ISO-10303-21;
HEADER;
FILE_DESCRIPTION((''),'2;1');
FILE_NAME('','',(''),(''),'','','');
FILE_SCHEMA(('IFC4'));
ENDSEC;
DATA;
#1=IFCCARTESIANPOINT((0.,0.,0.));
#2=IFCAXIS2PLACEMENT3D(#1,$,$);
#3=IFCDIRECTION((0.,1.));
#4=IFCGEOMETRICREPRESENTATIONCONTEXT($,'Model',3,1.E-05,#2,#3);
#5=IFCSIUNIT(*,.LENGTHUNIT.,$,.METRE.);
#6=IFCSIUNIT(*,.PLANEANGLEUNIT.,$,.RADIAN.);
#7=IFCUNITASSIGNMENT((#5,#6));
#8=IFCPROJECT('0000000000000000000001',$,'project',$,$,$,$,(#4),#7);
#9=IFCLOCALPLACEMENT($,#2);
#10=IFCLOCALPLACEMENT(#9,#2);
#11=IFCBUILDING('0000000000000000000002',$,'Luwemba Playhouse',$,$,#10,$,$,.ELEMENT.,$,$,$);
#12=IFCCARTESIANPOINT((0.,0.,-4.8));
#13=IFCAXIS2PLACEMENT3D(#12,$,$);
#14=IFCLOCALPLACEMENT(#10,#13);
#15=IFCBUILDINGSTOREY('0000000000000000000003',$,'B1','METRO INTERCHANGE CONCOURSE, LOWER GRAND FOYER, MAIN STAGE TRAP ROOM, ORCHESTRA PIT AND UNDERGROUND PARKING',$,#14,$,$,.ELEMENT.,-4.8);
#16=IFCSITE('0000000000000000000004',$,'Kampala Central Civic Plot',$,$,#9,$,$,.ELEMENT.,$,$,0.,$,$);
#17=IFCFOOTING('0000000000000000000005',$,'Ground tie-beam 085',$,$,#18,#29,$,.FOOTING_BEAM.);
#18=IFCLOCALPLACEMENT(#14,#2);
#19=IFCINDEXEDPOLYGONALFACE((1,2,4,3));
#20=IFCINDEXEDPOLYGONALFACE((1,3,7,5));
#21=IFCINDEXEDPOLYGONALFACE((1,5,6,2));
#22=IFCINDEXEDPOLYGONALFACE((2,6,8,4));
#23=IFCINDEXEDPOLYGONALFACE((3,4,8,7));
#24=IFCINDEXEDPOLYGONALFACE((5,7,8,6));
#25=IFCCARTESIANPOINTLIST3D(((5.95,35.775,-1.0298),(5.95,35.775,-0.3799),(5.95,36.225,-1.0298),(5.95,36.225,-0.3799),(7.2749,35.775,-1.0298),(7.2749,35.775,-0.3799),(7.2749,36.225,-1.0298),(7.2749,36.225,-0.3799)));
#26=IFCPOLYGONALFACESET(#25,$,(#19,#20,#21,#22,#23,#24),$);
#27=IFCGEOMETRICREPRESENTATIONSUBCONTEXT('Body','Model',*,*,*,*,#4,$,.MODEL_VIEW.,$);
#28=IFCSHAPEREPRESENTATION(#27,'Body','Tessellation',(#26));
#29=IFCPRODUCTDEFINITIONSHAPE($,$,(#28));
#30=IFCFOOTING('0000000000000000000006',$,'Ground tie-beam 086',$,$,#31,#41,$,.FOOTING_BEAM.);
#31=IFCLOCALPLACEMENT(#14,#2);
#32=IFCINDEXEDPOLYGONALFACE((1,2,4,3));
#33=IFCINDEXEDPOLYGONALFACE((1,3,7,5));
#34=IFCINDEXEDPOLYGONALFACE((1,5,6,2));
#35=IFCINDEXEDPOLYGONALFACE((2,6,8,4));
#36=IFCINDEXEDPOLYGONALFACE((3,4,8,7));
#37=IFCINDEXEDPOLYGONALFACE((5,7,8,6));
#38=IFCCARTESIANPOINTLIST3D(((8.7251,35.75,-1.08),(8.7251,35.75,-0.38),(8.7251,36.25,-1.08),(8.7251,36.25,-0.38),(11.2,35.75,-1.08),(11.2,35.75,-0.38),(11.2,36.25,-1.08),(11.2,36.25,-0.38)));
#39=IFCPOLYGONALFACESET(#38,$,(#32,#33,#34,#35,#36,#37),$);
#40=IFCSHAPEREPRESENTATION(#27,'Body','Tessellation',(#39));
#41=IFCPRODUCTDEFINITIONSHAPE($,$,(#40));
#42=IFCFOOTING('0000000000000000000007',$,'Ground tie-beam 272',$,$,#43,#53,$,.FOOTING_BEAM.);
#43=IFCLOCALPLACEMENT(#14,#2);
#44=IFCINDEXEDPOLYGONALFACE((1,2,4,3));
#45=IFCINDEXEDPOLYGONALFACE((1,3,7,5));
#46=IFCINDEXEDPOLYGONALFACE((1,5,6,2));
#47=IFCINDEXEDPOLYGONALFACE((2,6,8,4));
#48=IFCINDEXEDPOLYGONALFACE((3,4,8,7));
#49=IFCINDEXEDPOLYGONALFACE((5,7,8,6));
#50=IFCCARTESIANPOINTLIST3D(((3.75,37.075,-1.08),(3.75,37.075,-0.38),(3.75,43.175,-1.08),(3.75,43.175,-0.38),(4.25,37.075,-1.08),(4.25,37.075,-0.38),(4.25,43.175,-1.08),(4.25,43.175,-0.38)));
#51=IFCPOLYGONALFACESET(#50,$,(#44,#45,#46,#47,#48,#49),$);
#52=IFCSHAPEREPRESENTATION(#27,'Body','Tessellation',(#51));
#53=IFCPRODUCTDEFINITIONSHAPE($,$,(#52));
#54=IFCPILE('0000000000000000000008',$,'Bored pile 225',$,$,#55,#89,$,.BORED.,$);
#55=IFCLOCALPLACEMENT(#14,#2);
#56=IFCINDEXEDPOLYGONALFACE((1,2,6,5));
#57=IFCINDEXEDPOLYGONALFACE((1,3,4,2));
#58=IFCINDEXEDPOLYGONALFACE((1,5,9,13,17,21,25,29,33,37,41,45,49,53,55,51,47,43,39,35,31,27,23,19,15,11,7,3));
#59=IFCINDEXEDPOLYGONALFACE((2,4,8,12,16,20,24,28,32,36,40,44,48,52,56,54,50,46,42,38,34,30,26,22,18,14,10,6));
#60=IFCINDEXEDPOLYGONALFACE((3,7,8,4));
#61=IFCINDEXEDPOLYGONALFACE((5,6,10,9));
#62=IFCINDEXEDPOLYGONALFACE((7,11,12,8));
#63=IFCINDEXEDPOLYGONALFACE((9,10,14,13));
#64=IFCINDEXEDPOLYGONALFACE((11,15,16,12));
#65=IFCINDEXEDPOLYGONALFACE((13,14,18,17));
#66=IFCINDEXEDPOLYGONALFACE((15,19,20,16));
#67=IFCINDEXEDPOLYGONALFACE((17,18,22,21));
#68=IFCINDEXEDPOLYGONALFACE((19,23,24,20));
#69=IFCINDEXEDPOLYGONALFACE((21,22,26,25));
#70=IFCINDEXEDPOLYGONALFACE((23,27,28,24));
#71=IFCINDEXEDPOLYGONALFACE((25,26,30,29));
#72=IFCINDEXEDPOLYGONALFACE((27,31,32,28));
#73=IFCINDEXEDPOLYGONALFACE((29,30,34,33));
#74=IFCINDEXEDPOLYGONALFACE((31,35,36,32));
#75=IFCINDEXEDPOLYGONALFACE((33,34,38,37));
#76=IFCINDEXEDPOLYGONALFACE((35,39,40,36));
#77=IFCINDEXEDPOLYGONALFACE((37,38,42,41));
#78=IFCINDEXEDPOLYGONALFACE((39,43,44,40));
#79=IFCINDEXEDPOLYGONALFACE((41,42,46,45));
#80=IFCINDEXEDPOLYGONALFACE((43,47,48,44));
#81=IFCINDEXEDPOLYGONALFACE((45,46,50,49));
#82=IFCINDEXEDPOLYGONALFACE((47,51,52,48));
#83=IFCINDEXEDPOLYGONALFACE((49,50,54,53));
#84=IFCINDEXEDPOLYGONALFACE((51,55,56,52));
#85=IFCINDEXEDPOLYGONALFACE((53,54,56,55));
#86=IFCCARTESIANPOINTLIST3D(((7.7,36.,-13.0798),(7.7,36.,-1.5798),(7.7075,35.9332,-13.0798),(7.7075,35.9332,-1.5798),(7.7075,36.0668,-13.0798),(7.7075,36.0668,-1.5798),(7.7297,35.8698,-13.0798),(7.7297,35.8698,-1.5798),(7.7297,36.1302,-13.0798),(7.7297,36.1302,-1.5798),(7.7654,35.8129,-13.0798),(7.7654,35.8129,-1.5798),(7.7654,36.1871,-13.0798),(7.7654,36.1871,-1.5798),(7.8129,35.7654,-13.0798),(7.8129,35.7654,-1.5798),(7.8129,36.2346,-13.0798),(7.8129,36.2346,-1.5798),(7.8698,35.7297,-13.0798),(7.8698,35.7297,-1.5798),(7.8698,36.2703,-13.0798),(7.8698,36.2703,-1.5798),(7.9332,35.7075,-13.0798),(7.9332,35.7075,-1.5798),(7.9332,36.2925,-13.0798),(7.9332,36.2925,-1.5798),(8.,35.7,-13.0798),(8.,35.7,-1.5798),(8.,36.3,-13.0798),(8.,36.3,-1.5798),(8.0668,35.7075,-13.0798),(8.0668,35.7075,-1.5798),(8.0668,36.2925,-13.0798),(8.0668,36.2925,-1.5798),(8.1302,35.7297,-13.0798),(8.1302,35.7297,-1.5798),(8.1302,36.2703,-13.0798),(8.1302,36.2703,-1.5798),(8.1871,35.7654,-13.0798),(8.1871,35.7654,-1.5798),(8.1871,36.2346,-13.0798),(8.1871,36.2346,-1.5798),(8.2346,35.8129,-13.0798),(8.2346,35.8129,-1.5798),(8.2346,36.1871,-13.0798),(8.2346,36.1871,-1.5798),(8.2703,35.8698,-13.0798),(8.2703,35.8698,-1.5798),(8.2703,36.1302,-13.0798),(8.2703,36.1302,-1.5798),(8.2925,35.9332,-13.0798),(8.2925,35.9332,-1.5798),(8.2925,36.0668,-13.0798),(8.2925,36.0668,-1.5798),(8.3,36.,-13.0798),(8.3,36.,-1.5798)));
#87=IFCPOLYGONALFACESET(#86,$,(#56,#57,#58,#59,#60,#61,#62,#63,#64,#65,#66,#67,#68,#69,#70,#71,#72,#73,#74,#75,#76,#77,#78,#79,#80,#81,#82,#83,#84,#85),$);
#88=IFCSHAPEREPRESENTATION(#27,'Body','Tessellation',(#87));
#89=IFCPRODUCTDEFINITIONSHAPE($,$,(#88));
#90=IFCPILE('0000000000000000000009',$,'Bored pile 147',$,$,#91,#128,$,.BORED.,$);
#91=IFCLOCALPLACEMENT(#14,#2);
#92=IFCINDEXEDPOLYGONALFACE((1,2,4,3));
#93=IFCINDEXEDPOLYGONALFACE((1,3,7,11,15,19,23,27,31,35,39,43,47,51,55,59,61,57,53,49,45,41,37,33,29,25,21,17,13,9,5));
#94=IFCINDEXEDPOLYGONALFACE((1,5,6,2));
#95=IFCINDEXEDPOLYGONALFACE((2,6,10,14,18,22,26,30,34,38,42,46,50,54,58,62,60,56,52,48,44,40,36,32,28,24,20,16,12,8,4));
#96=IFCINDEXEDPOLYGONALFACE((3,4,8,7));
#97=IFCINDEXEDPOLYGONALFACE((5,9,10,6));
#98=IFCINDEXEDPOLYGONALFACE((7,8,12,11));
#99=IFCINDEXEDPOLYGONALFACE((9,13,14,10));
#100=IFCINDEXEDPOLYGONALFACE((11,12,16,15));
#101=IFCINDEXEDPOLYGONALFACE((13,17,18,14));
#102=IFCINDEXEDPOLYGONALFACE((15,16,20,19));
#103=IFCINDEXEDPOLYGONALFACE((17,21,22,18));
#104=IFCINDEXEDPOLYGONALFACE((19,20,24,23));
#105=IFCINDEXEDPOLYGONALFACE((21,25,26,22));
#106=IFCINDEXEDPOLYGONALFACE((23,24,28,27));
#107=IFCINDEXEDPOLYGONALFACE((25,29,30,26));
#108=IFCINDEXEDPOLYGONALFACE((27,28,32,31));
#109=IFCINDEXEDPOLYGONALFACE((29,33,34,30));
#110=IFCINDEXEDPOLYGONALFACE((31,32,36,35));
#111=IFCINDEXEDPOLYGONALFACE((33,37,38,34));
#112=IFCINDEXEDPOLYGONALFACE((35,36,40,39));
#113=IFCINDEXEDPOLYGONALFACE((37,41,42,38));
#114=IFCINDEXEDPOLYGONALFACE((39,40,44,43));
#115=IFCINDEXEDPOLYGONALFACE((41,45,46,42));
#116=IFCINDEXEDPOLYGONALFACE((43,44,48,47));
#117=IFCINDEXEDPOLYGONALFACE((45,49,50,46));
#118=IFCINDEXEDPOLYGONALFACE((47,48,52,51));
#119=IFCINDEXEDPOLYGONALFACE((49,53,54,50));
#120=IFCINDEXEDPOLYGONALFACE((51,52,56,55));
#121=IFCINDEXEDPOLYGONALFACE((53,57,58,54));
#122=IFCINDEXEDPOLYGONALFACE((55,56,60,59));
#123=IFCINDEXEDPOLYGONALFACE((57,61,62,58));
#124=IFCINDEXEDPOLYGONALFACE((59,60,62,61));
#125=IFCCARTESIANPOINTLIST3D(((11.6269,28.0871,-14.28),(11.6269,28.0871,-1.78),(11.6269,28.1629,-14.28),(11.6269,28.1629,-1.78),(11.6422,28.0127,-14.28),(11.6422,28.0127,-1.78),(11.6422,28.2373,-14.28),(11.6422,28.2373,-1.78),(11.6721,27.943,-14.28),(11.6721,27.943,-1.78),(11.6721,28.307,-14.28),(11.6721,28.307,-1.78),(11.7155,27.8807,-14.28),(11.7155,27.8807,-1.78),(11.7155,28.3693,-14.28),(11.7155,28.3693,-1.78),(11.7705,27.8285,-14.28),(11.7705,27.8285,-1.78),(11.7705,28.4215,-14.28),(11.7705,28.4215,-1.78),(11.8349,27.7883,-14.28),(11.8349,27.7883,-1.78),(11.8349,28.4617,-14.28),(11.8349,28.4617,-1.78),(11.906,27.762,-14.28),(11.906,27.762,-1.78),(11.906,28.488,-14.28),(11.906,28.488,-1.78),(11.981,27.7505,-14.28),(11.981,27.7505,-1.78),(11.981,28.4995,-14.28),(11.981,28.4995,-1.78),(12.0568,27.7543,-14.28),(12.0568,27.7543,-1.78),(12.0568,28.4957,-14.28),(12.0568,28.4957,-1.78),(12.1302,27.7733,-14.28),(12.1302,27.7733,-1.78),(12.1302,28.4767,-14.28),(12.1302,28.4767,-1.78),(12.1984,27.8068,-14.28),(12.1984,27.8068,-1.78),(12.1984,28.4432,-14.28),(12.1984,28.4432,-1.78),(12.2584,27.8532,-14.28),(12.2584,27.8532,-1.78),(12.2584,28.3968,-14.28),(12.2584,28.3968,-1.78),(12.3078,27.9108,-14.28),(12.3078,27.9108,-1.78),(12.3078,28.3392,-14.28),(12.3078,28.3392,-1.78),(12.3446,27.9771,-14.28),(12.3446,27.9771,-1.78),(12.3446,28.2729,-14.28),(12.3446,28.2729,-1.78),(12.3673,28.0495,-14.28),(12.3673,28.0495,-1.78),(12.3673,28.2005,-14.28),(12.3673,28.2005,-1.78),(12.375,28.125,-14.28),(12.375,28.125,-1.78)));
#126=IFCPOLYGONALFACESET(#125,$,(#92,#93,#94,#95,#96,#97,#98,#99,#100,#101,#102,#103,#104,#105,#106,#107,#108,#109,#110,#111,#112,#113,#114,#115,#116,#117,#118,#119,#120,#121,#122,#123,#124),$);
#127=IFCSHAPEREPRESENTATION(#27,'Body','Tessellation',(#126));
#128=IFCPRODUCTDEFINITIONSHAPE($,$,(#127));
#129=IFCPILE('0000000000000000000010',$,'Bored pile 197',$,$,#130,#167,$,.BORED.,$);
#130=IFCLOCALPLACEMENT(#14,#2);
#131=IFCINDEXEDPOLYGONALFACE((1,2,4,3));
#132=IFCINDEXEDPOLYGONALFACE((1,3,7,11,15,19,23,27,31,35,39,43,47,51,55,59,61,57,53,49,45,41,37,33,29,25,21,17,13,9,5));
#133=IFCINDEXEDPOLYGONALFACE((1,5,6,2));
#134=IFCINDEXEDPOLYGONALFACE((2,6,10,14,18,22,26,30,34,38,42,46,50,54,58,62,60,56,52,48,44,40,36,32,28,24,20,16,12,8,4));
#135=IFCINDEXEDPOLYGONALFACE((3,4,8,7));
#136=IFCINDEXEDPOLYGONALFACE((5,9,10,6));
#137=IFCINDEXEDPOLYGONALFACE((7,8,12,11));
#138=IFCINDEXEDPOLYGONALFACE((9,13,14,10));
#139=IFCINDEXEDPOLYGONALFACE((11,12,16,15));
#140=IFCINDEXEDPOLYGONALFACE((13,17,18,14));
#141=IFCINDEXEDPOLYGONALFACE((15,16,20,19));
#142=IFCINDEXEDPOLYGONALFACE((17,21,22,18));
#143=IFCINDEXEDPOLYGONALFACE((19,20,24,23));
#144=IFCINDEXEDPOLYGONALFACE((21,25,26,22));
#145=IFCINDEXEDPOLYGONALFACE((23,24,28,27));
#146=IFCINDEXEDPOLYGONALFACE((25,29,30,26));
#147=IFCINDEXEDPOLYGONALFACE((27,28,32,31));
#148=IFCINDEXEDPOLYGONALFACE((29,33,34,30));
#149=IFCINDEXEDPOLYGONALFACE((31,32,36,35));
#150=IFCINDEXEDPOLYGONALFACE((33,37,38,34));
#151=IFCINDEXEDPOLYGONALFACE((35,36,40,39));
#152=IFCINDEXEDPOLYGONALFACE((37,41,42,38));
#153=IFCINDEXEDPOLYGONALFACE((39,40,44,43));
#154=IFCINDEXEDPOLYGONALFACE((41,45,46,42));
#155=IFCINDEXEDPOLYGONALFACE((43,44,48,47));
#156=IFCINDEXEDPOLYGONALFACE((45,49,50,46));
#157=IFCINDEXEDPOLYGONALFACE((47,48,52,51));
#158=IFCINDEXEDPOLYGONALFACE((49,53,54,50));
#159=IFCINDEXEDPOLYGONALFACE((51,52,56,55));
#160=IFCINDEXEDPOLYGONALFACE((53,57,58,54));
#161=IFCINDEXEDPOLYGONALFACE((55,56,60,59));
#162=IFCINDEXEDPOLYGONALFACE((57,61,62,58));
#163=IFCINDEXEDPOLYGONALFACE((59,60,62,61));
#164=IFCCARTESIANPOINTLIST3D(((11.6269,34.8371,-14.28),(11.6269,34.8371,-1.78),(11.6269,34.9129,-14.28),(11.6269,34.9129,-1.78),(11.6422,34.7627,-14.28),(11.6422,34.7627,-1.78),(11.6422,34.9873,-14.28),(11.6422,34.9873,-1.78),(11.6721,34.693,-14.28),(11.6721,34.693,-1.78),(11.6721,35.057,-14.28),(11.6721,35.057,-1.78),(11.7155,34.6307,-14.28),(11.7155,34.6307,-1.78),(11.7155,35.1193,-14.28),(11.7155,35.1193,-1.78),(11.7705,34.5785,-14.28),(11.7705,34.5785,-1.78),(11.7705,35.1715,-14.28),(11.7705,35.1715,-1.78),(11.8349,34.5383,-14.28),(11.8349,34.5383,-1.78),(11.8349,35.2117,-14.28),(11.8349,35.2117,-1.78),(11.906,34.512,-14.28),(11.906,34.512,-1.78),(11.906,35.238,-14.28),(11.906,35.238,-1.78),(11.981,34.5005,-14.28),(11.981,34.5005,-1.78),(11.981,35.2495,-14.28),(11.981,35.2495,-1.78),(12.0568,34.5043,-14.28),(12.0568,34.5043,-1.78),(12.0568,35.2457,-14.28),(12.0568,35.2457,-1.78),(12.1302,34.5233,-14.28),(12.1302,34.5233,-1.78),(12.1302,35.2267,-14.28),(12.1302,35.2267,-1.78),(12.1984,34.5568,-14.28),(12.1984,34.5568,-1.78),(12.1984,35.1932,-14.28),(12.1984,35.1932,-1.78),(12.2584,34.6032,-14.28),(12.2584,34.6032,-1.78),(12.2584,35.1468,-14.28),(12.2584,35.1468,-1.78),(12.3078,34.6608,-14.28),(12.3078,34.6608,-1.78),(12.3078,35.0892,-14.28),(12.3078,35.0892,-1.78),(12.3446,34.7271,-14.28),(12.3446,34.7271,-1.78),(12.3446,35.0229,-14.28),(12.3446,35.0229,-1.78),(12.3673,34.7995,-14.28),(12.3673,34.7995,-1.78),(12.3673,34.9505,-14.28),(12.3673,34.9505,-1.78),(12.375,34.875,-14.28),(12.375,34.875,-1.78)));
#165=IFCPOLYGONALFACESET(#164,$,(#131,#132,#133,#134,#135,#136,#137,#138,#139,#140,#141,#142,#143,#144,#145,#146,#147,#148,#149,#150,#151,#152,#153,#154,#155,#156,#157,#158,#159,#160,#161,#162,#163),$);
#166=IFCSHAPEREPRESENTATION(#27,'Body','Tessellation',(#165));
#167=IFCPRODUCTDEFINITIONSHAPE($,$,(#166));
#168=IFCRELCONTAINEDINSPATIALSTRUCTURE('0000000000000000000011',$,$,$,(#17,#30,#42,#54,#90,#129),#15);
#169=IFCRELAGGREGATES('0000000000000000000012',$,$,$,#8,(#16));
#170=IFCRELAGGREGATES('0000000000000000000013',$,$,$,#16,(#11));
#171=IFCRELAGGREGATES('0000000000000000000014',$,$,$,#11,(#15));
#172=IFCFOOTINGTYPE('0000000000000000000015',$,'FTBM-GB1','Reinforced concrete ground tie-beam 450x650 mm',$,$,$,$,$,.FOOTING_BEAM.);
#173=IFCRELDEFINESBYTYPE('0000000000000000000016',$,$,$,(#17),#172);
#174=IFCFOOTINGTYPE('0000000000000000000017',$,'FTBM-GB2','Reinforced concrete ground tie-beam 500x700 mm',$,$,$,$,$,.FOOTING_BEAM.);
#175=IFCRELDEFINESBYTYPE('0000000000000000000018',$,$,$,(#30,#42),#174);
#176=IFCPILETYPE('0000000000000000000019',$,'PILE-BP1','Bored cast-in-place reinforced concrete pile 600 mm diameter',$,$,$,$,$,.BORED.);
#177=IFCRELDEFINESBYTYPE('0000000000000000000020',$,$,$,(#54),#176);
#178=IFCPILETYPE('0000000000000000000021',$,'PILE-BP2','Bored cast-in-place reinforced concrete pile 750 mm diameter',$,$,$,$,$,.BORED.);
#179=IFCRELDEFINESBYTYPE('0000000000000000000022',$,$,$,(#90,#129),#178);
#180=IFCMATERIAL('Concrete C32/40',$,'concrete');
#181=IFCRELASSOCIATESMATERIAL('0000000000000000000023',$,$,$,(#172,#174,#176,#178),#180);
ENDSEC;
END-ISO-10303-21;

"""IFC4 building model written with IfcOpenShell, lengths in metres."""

from ifc_helpers import new_model, si_unit, direction, frame, origin, origin_2d, place, context, subcontext, project, spatial, rectangle, circle, extrude, material, material_profile, profile_set, type_object, element, save


model = new_model("IFC4")

# Units and contexts
model_context = context("Model", 3, precision=1e-05, world=origin(), true_north=direction((0.0, 1.0)))
body_context = subcontext(model_context, "Body", "Model", "MODEL_VIEW")
ifc_project = project(units=[si_unit("LENGTHUNIT", "METRE"), si_unit("PLANEANGLEUNIT", "RADIAN")], contexts=[model_context])

# Site, building, storey
site_placement = place(None, origin())
site = spatial("IfcSite", under=ifc_project, at=site_placement, Name="Kampala Central Civic Plot", CompositionType="ELEMENT", RefElevation=0.0)
building_placement = place(site_placement, origin())
building = spatial("IfcBuilding", under=site, at=building_placement, Name="Luwemba Playhouse", CompositionType="ELEMENT")
storey_placement = place(building_placement, frame((0.0, 0.0, -4.8)))
storey = spatial("IfcBuildingStorey", under=building, at=storey_placement, Name="B1", Description="METRO INTERCHANGE CONCOURSE, LOWER GRAND FOYER, MAIN STAGE TRAP ROOM, ORCHESTRA PIT AND UNDERGROUND PARKING", CompositionType="ELEMENT", Elevation=-4.8)

# Footings
ifc_material_1 = material(Name="Concrete C32/40", Category="concrete")
ifc_material_profile_1 = material_profile(ifc_material_1, rectangle(XDim=0.45, YDim=0.6499, at=origin_2d()))
ifc_profile_set_1 = profile_set([ifc_material_profile_1], Name="Concrete C32/40")
footing_type_1 = type_object("IfcFootingType", Name="FTBM-GB1", Description="Reinforced concrete ground tie-beam 450x650 mm", PredefinedType="FOOTING_BEAM", material=ifc_profile_set_1)
footing_1_placement = place(storey_placement, frame((5.95, 36.0, -0.7048), z_axis=(1.0, 0.0, 0.0), x_axis=(0.0, 1.0, 0.0)))
element("IfcFooting", 1, at=footing_1_placement, inside=storey, type_object=footing_type_1, Name="Ground tie-beam 085", PredefinedType="FOOTING_BEAM", context=body_context, shape_type="SweptSolid", body=[
    extrude(rectangle(XDim=0.45, YDim=0.6499, at=origin_2d()), origin(), (0.0, 0.0, 1.0), 1.325),
])
ifc_material_profile_2 = material_profile(ifc_material_1, rectangle(XDim=0.5, YDim=0.7, at=origin_2d()))
ifc_profile_set_2 = profile_set([ifc_material_profile_2], Name="Concrete C32/40")
footing_type_2 = type_object("IfcFootingType", Name="FTBM-GB2", Description="Reinforced concrete ground tie-beam 500x700 mm", PredefinedType="FOOTING_BEAM", material=ifc_profile_set_2)
footing_2_placement = place(storey_placement, frame((8.7251, 36.0, -0.73), z_axis=(1.0, 0.0, 0.0), x_axis=(0.0, 1.0, 0.0)))
element("IfcFooting", 2, at=footing_2_placement, inside=storey, type_object=footing_type_2, Name="Ground tie-beam 086", PredefinedType="FOOTING_BEAM", context=body_context, shape_type="SweptSolid", body=[
    extrude(rectangle(XDim=0.5, YDim=0.7, at=origin_2d()), origin(), (0.0, 0.0, 1.0), 2.4749),
])
footing_3_placement = place(storey_placement, frame((4.0, 37.075, -0.73), z_axis=(0.0, 1.0, 0.0), x_axis=(-1.0, 0.0, 0.0)))
element("IfcFooting", 3, at=footing_3_placement, inside=storey, type_object=footing_type_2, Name="Ground tie-beam 272", PredefinedType="FOOTING_BEAM", context=body_context, shape_type="SweptSolid", body=[
    extrude(rectangle(XDim=0.5, YDim=0.7, at=origin_2d()), origin(), (0.0, 0.0, 1.0), 6.1001),
])

# Piles
ifc_material_profile_3 = material_profile(ifc_material_1, circle(Radius=0.3, at=origin_2d()))
ifc_profile_set_3 = profile_set([ifc_material_profile_3], Name="Concrete C32/40")
pile_type_1 = type_object("IfcPileType", Name="PILE-BP1", Description="Bored cast-in-place reinforced concrete pile 600 mm diameter", PredefinedType="BORED", material=ifc_profile_set_3)
pile_placement = place(storey_placement, frame((8.0, 36.0, -1.5798), z_axis=(0.0, 0.0, -1.0), x_axis=(1.0, 0.0, 0.0)))
element("IfcPile", 4, at=pile_placement, inside=storey, type_object=pile_type_1, Name="Bored pile 225", PredefinedType="BORED", context=body_context, shape_type="SweptSolid", body=[
    extrude(circle(Radius=0.3, at=origin_2d()), origin(), (0.0, 0.0, 1.0), 11.5),
])
ifc_material_profile_4 = material_profile(ifc_material_1, circle(Radius=0.375, at=origin_2d()))
ifc_profile_set_4 = profile_set([ifc_material_profile_4], Name="Concrete C32/40")
pile_type_2 = type_object("IfcPileType", Name="PILE-BP2", Description="Bored cast-in-place reinforced concrete pile 750 mm diameter", PredefinedType="BORED", material=ifc_profile_set_4)
for number, where, z_axis, x_axis, name in (
    (5, (12.0, 28.125, -1.78), (0.0, 0.0, -1.0), (1.0, 0.0, 0.0), "Bored pile 147"),
    (6, (12.0, 34.875, -1.78), (0.0, 0.0, -1.0), (1.0, 0.0, 0.0), "Bored pile 197"),
):
    element("IfcPile", number, at=place(storey_placement, frame(where, z_axis=z_axis, x_axis=x_axis)), inside=storey, type_object=pile_type_2, Name=name, PredefinedType="BORED", context=body_context, shape_type="SweptSolid", body=[
        extrude(circle(Radius=0.375, at=origin_2d()), origin(), (0.0, 0.0, 1.0), 12.5),
    ])

save(model, "model.ifc")
